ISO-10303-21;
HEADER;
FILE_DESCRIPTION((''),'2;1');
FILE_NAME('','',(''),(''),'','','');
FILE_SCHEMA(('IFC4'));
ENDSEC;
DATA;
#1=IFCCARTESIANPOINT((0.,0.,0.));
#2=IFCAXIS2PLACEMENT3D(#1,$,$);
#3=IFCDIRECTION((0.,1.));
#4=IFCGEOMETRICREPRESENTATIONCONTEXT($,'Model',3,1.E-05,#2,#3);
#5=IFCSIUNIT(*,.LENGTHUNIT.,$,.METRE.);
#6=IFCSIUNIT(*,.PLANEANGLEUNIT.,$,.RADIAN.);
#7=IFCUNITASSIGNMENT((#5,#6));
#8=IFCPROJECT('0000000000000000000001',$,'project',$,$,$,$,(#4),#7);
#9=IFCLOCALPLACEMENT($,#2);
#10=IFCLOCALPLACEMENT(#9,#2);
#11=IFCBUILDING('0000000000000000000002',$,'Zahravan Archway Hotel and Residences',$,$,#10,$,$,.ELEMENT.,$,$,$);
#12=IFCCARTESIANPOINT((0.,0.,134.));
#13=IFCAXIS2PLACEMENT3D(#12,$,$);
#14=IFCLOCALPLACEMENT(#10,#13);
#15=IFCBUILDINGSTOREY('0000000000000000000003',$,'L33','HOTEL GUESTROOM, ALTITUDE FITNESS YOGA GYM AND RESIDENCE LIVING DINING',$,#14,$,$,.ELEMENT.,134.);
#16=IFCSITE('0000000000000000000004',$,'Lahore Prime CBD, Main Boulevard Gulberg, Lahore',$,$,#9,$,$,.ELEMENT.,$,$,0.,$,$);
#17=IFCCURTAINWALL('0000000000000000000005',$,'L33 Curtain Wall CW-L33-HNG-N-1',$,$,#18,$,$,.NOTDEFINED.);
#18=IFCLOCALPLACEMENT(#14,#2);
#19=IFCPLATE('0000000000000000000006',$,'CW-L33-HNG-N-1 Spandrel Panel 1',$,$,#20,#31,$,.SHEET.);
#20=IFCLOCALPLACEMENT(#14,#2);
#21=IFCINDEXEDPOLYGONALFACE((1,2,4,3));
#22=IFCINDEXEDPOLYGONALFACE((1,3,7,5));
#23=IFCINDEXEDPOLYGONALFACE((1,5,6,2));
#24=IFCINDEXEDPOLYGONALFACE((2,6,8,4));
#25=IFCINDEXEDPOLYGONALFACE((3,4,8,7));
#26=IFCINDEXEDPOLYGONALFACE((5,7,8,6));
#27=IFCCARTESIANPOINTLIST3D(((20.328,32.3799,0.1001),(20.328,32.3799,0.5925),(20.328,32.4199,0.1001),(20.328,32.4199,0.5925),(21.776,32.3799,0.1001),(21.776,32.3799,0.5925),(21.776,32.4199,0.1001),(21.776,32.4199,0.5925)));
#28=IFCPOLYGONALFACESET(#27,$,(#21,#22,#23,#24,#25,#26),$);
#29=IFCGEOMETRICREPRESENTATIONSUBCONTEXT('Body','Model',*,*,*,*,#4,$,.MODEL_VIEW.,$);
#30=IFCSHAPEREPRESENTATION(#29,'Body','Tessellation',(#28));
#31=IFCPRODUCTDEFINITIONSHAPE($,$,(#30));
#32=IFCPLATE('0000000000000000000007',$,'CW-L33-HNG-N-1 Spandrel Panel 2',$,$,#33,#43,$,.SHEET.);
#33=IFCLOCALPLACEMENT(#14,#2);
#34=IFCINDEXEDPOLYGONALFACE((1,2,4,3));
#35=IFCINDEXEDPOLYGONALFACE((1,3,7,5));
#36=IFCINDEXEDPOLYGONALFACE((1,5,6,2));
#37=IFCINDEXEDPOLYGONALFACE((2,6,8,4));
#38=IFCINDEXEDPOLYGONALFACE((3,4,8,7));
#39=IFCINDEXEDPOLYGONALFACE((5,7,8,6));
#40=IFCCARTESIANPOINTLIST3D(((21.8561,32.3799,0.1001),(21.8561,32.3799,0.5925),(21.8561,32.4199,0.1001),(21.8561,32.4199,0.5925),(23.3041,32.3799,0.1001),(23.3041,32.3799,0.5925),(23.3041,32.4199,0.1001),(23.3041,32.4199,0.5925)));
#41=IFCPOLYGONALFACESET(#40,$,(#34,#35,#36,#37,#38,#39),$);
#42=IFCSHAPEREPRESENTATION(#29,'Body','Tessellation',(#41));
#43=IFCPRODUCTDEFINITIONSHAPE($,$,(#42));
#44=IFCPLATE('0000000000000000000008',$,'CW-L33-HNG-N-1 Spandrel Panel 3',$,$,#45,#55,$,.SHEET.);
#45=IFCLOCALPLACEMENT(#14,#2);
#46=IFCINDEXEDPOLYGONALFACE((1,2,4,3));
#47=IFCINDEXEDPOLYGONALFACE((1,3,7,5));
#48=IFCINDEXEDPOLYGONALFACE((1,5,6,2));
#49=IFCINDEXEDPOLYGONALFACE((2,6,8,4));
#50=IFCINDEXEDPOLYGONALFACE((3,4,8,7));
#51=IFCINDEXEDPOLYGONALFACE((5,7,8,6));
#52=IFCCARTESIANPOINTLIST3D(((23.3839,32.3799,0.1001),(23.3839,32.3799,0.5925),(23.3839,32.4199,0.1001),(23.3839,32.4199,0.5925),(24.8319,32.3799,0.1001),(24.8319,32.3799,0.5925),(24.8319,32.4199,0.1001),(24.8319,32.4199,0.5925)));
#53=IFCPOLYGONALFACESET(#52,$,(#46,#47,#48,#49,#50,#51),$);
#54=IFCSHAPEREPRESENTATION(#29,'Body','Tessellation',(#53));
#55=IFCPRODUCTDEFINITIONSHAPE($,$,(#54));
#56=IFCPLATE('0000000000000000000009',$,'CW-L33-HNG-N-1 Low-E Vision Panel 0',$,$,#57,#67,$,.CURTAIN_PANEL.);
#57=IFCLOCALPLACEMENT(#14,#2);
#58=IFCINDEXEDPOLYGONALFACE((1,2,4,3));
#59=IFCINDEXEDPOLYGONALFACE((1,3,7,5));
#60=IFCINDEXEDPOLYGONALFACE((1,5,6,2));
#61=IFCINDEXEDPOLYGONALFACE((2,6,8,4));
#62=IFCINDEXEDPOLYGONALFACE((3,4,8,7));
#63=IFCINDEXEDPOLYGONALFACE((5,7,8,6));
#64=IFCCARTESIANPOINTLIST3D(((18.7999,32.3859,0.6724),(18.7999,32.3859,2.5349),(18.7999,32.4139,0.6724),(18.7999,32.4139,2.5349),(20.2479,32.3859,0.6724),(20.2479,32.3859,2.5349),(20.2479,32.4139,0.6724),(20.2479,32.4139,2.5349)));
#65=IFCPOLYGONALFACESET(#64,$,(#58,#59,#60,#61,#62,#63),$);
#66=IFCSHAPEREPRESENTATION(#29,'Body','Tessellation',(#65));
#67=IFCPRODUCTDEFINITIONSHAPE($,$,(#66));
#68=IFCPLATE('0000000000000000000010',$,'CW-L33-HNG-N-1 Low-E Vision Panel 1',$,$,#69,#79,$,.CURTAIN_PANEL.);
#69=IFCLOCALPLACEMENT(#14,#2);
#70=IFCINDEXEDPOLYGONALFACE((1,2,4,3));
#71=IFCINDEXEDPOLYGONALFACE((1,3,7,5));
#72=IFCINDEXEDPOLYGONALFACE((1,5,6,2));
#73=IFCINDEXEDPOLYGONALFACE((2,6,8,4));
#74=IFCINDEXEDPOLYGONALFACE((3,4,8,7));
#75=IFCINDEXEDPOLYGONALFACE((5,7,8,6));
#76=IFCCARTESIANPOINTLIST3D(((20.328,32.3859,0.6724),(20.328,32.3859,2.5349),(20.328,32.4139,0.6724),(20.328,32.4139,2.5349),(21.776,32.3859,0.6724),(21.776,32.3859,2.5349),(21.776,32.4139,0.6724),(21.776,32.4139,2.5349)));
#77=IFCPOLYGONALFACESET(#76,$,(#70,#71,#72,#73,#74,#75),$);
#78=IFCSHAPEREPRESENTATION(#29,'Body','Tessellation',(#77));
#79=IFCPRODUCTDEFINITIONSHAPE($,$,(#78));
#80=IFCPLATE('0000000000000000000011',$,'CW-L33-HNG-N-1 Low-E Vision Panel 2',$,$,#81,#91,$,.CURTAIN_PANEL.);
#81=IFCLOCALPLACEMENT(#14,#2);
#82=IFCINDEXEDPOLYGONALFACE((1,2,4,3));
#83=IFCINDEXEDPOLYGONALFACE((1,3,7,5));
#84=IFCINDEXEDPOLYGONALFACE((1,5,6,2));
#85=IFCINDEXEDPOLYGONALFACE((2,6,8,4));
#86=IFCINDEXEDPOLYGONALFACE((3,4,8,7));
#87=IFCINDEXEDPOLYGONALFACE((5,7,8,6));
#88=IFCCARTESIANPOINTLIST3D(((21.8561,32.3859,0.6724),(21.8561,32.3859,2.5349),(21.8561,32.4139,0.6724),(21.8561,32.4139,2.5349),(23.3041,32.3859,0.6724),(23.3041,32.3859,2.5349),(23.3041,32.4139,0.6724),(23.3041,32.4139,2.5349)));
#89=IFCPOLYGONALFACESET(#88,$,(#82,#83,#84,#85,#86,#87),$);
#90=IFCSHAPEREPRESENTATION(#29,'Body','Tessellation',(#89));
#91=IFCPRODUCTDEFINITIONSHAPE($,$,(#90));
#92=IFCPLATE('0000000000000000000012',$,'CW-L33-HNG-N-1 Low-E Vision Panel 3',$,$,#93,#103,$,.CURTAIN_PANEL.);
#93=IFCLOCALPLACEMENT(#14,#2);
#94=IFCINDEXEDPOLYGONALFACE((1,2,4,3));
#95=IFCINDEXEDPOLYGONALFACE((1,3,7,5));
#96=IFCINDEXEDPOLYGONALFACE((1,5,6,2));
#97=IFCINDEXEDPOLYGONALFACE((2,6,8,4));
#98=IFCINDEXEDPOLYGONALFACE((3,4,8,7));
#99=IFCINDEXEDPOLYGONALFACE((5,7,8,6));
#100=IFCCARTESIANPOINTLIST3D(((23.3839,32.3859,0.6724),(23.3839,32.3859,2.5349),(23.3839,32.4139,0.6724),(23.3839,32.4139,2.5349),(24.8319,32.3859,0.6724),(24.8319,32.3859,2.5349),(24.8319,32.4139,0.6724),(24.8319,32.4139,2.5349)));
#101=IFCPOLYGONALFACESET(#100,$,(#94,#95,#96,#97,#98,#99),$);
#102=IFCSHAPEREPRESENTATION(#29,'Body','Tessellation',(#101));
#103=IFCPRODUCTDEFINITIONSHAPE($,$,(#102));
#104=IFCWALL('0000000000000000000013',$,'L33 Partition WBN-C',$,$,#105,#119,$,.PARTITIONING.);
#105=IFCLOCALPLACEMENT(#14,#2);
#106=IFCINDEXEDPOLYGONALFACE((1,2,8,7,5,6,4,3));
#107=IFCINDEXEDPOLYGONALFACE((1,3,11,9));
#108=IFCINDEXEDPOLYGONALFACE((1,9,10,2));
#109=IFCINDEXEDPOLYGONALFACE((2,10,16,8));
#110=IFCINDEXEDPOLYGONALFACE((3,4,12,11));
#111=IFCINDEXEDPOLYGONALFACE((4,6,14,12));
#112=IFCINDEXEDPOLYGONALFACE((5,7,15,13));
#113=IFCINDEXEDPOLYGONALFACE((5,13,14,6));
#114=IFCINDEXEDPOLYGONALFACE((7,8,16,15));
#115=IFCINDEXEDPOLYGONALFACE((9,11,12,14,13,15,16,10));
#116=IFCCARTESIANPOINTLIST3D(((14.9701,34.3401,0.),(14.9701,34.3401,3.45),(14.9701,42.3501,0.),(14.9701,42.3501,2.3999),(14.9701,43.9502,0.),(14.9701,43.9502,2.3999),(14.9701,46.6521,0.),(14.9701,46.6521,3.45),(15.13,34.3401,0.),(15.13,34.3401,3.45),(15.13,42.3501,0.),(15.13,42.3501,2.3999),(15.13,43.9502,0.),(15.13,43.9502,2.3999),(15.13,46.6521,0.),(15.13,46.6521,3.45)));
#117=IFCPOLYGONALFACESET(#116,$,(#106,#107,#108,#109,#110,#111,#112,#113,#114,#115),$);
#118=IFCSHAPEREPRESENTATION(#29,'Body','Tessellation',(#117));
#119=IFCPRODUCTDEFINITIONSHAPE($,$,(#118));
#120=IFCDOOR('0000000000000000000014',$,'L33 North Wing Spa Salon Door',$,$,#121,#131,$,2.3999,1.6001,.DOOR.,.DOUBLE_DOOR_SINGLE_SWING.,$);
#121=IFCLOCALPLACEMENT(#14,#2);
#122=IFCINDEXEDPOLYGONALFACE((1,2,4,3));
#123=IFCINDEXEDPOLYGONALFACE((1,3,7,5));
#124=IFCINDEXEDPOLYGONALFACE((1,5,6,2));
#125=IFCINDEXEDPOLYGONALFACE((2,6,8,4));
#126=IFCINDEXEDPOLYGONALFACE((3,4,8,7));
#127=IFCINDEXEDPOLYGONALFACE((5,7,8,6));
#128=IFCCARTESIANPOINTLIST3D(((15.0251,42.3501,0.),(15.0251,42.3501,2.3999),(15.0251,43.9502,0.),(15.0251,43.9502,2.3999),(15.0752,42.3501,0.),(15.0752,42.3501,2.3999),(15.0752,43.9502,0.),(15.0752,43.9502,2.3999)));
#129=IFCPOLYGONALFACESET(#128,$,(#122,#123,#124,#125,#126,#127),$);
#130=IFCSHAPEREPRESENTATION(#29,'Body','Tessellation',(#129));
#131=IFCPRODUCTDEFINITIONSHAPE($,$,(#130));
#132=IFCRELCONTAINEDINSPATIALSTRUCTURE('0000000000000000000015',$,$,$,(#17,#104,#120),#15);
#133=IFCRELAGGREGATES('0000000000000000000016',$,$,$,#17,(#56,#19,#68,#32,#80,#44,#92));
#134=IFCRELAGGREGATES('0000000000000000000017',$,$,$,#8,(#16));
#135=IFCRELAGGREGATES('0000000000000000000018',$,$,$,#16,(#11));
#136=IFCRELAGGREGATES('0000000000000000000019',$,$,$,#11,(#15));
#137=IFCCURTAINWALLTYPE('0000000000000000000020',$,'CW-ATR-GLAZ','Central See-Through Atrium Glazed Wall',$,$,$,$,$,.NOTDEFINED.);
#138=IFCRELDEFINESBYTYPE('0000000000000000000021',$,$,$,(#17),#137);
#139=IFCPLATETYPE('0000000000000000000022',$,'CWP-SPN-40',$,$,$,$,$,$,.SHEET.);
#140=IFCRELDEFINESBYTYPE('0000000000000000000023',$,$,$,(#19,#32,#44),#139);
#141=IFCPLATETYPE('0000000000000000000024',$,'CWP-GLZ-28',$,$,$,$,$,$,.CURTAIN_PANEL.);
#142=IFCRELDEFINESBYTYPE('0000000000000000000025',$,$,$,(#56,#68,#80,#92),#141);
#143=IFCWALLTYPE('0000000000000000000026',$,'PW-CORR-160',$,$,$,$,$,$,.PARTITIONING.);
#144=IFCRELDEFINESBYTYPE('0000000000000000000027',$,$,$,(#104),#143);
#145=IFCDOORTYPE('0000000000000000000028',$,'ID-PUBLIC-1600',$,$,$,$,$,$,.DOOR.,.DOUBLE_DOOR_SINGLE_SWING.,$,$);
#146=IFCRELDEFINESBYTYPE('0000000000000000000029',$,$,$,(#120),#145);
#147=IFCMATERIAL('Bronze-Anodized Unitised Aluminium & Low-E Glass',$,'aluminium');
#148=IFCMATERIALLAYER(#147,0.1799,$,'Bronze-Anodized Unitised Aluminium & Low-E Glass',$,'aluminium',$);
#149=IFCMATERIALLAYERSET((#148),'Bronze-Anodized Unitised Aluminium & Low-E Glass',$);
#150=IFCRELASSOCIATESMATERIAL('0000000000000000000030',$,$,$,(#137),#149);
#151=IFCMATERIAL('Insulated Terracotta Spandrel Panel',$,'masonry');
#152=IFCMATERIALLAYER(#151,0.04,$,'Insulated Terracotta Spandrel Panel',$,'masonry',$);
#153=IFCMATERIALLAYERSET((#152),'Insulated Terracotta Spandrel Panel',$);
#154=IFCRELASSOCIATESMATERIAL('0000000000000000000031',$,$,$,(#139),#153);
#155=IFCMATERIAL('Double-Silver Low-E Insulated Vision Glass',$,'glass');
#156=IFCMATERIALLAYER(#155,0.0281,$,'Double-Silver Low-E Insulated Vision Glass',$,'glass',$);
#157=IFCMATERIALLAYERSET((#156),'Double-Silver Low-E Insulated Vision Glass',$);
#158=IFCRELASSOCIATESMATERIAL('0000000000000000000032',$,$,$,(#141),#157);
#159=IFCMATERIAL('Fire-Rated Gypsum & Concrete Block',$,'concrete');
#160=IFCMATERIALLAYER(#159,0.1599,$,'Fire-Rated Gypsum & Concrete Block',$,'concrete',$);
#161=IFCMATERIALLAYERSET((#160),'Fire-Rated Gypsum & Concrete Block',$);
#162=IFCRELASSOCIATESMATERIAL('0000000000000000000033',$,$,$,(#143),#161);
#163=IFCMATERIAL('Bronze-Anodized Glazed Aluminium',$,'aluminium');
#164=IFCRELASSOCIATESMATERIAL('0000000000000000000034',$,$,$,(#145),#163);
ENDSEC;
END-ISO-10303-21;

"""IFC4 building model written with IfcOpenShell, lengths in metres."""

from ifc_helpers import new_model, si_unit, direction, frame, frame_2d, origin, origin_2d, place, context, subcontext, project, spatial, rectangle, extrude, source, transform, mapped, material, layer, layer_set, type_object, type_shapes, element, fill, aggregate, save


model = new_model("IFC4")

# Units and contexts
model_context = context("Model", 3, precision=1e-05, world=origin(), true_north=direction((0.0, 1.0)))
body_context = subcontext(model_context, "Body", "Model", "MODEL_VIEW")
ifc_project = project(units=[si_unit("LENGTHUNIT", "METRE"), si_unit("PLANEANGLEUNIT", "RADIAN")], contexts=[model_context])

# Site, building, storey
site_placement = place(None, origin())
site = spatial("IfcSite", under=ifc_project, at=site_placement, Name="Lahore Prime CBD, Main Boulevard Gulberg, Lahore", CompositionType="ELEMENT", RefElevation=0.0)
building_placement = place(site_placement, origin())
building = spatial("IfcBuilding", under=site, at=building_placement, Name="Zahravan Archway Hotel and Residences", CompositionType="ELEMENT")
storey_placement = place(building_placement, frame((0.0, 0.0, 134.0)))
storey = spatial("IfcBuildingStorey", under=building, at=storey_placement, Name="L33", Description="HOTEL GUESTROOM, ALTITUDE FITNESS YOGA GYM AND RESIDENCE LIVING DINING", CompositionType="ELEMENT", Elevation=134.0)

# Curtain wall, plates
ifc_material_1 = material(Name="Bronze-Anodized Unitised Aluminium & Low-E Glass", Category="aluminium")
ifc_layer_1 = layer(ifc_material_1, 0.1799, Name="Bronze-Anodized Unitised Aluminium & Low-E Glass", Category="aluminium")
ifc_layer_set_1 = layer_set([ifc_layer_1], Name="Bronze-Anodized Unitised Aluminium & Low-E Glass")
curtain_wall_type = type_object("IfcCurtainWallType", Name="CW-ATR-GLAZ", Description="Central See-Through Atrium Glazed Wall", PredefinedType="NOTDEFINED", material=ifc_layer_set_1)
curtain_wall_placement = place(storey_placement, origin())
curtain_wall = element("IfcCurtainWall", 1, at=curtain_wall_placement, inside=storey, type_object=curtain_wall_type, Name="L33 Curtain Wall CW-L33-HNG-N-1", PredefinedType="NOTDEFINED")
ifc_material_2 = material(Name="Insulated Terracotta Spandrel Panel", Category="masonry")
ifc_layer_2 = layer(ifc_material_2, 0.04, Name="Insulated Terracotta Spandrel Panel", Category="masonry")
ifc_layer_set_2 = layer_set([ifc_layer_2], Name="Insulated Terracotta Spandrel Panel")
plate_type_1 = type_object("IfcPlateType", Name="CWP-SPN-40", PredefinedType="SHEET", material=ifc_layer_set_2)
shared_shape_1 = source(origin(), body_context, "Body", "SweptSolid", [
    extrude(rectangle(XDim=1.448, YDim=0.04, at=origin_2d()), origin(), (0.0, 0.0, 1.0), 0.4924),
])
plate_1_placement = place(storey_placement, frame((21.052, 32.3999, 0.1001), z_axis=(0.0, 0.0, 1.0), x_axis=(1.0, 0.0, 0.0)))
plate_1 = element("IfcPlate", 2, at=plate_1_placement, type_object=plate_type_1, Name="CW-L33-HNG-N-1 Spandrel Panel 1", PredefinedType="SHEET", context=body_context, shape_type="MappedRepresentation", body=[
    mapped(shared_shape_1, transform((0.0, 0.0, 0.0), scale=1.0)),
])
plate_2_placement = place(storey_placement, frame((22.5801, 32.3999, 0.1001), z_axis=(0.0, 0.0, 1.0), x_axis=(1.0, 0.0, 0.0)))
plate_2 = element("IfcPlate", 3, at=plate_2_placement, type_object=plate_type_1, Name="CW-L33-HNG-N-1 Spandrel Panel 2", PredefinedType="SHEET", context=body_context, shape_type="MappedRepresentation", body=[
    mapped(shared_shape_1, transform((0.0, 0.0, 0.0), scale=1.0)),
])
plate_3_placement = place(storey_placement, frame((24.1079, 32.3999, 0.1001), z_axis=(0.0, 0.0, 1.0), x_axis=(1.0, 0.0, 0.0)))
plate_3 = element("IfcPlate", 4, at=plate_3_placement, type_object=plate_type_1, Name="CW-L33-HNG-N-1 Spandrel Panel 3", PredefinedType="SHEET", context=body_context, shape_type="MappedRepresentation", body=[
    mapped(shared_shape_1, transform((0.0, 0.0, 0.0), scale=1.0)),
])
ifc_material_3 = material(Name="Double-Silver Low-E Insulated Vision Glass", Category="glass")
ifc_layer_3 = layer(ifc_material_3, 0.0281, Name="Double-Silver Low-E Insulated Vision Glass", Category="glass")
ifc_layer_set_3 = layer_set([ifc_layer_3], Name="Double-Silver Low-E Insulated Vision Glass")
plate_type_2 = type_object("IfcPlateType", Name="CWP-GLZ-28", PredefinedType="CURTAIN_PANEL", material=ifc_layer_set_3)
shared_shape_2 = source(origin(), body_context, "Body", "SweptSolid", [
    extrude(rectangle(XDim=1.448, YDim=0.0281, at=origin_2d()), origin(), (0.0, 0.0, 1.0), 1.8625),
])
plate_4_placement = place(storey_placement, frame((19.5239, 32.3999, 0.6724), z_axis=(0.0, 0.0, 1.0), x_axis=(1.0, 0.0, 0.0)))
plate_4 = element("IfcPlate", 5, at=plate_4_placement, type_object=plate_type_2, Name="CW-L33-HNG-N-1 Low-E Vision Panel 0", PredefinedType="CURTAIN_PANEL", context=body_context, shape_type="MappedRepresentation", body=[
    mapped(shared_shape_2, transform((0.0, 0.0, 0.0), scale=1.0)),
])
plate_5_placement = place(storey_placement, frame((21.052, 32.3999, 0.6724), z_axis=(0.0, 0.0, 1.0), x_axis=(1.0, 0.0, 0.0)))
plate_5 = element("IfcPlate", 6, at=plate_5_placement, type_object=plate_type_2, Name="CW-L33-HNG-N-1 Low-E Vision Panel 1", PredefinedType="CURTAIN_PANEL", context=body_context, shape_type="MappedRepresentation", body=[
    mapped(shared_shape_2, transform((0.0, 0.0, 0.0), scale=1.0)),
])
plate_6_placement = place(storey_placement, frame((22.5801, 32.3999, 0.6724), z_axis=(0.0, 0.0, 1.0), x_axis=(1.0, 0.0, 0.0)))
plate_6 = element("IfcPlate", 7, at=plate_6_placement, type_object=plate_type_2, Name="CW-L33-HNG-N-1 Low-E Vision Panel 2", PredefinedType="CURTAIN_PANEL", context=body_context, shape_type="MappedRepresentation", body=[
    mapped(shared_shape_2, transform((0.0, 0.0, 0.0), scale=1.0)),
])
plate_7_placement = place(storey_placement, frame((24.1079, 32.3999, 0.6724), z_axis=(0.0, 0.0, 1.0), x_axis=(1.0, 0.0, 0.0)))
plate_7 = element("IfcPlate", 8, at=plate_7_placement, type_object=plate_type_2, Name="CW-L33-HNG-N-1 Low-E Vision Panel 3", PredefinedType="CURTAIN_PANEL", context=body_context, shape_type="MappedRepresentation", body=[
    mapped(shared_shape_2, transform((0.0, 0.0, 0.0), scale=1.0)),
])
aggregate(curtain_wall, [plate_4, plate_1, plate_5, plate_2, plate_6, plate_3, plate_7])

# Wall, opening, door
ifc_material_4 = material(Name="Fire-Rated Gypsum & Concrete Block", Category="concrete")
ifc_layer_4 = layer(ifc_material_4, 0.1599, Name="Fire-Rated Gypsum & Concrete Block", Category="concrete")
ifc_layer_set_4 = layer_set([ifc_layer_4], Name="Fire-Rated Gypsum & Concrete Block")
wall_type = type_object("IfcWallType", Name="PW-CORR-160", PredefinedType="PARTITIONING", material=ifc_layer_set_4)
wall_placement = place(storey_placement, frame((15.05, 34.3401, 0.0), z_axis=(0.0, 0.0, 1.0), x_axis=(0.0, 1.0, 0.0)))
wall = element("IfcWall", 9, at=wall_placement, inside=storey, type_object=wall_type, Name="L33 Partition WBN-C", PredefinedType="PARTITIONING", context=body_context, shape_type="SweptSolid", body=[
    extrude(rectangle(XDim=12.312, YDim=0.1599, at=frame_2d((6.156, 0.0))), origin(), (0.0, 0.0, 1.0), 3.45),
])
opening_placement = place(wall_placement, frame((8.01, 0.0, 0.0)))
opening = element("IfcOpeningElement", 10, at=opening_placement, cuts=wall, PredefinedType="OPENING", context=body_context, shape_type="SweptSolid", body=[
    extrude(rectangle(XDim=1.6001, YDim=2.3999, at=frame_2d((0.8, 1.2))), frame((0.0, 0.0898, 0.0), z_axis=(0.0, -1.0, 0.0), x_axis=(1.0, 0.0, 0.0)), (0.0, 0.0, 1.0), 0.1799),
])
ifc_material_5 = material(Name="Bronze-Anodized Glazed Aluminium", Category="aluminium")
door_type = type_object("IfcDoorType", Name="ID-PUBLIC-1600", OperationType="DOUBLE_DOOR_SINGLE_SWING", PredefinedType="DOOR", material=ifc_material_5)
shared_shape_3 = source(origin(), body_context, "Body", "SweptSolid", [
    extrude(rectangle(XDim=1.6001, YDim=2.3999, at=frame_2d((0.8, 1.2))), frame((0.0, 0.0249, 0.0), z_axis=(0.0, -1.0, 0.0), x_axis=(1.0, 0.0, 0.0)), (0.0, 0.0, 1.0), 0.05),
])
type_shapes(door_type, [shared_shape_3])
door_placement = place(opening_placement, origin())
door = element("IfcDoor", 11, at=door_placement, inside=storey, type_object=door_type, Name="L33 North Wing Spa Salon Door", OperationType="DOUBLE_DOOR_SINGLE_SWING", OverallHeight=2.3999, OverallWidth=1.6001, PredefinedType="DOOR", context=body_context, shape_type="MappedRepresentation", body=[
    mapped(shared_shape_3, transform((0.0, 0.0, 0.0), scale=1.0)),
])
fill(opening, door)

save(model, "model.ifc")
